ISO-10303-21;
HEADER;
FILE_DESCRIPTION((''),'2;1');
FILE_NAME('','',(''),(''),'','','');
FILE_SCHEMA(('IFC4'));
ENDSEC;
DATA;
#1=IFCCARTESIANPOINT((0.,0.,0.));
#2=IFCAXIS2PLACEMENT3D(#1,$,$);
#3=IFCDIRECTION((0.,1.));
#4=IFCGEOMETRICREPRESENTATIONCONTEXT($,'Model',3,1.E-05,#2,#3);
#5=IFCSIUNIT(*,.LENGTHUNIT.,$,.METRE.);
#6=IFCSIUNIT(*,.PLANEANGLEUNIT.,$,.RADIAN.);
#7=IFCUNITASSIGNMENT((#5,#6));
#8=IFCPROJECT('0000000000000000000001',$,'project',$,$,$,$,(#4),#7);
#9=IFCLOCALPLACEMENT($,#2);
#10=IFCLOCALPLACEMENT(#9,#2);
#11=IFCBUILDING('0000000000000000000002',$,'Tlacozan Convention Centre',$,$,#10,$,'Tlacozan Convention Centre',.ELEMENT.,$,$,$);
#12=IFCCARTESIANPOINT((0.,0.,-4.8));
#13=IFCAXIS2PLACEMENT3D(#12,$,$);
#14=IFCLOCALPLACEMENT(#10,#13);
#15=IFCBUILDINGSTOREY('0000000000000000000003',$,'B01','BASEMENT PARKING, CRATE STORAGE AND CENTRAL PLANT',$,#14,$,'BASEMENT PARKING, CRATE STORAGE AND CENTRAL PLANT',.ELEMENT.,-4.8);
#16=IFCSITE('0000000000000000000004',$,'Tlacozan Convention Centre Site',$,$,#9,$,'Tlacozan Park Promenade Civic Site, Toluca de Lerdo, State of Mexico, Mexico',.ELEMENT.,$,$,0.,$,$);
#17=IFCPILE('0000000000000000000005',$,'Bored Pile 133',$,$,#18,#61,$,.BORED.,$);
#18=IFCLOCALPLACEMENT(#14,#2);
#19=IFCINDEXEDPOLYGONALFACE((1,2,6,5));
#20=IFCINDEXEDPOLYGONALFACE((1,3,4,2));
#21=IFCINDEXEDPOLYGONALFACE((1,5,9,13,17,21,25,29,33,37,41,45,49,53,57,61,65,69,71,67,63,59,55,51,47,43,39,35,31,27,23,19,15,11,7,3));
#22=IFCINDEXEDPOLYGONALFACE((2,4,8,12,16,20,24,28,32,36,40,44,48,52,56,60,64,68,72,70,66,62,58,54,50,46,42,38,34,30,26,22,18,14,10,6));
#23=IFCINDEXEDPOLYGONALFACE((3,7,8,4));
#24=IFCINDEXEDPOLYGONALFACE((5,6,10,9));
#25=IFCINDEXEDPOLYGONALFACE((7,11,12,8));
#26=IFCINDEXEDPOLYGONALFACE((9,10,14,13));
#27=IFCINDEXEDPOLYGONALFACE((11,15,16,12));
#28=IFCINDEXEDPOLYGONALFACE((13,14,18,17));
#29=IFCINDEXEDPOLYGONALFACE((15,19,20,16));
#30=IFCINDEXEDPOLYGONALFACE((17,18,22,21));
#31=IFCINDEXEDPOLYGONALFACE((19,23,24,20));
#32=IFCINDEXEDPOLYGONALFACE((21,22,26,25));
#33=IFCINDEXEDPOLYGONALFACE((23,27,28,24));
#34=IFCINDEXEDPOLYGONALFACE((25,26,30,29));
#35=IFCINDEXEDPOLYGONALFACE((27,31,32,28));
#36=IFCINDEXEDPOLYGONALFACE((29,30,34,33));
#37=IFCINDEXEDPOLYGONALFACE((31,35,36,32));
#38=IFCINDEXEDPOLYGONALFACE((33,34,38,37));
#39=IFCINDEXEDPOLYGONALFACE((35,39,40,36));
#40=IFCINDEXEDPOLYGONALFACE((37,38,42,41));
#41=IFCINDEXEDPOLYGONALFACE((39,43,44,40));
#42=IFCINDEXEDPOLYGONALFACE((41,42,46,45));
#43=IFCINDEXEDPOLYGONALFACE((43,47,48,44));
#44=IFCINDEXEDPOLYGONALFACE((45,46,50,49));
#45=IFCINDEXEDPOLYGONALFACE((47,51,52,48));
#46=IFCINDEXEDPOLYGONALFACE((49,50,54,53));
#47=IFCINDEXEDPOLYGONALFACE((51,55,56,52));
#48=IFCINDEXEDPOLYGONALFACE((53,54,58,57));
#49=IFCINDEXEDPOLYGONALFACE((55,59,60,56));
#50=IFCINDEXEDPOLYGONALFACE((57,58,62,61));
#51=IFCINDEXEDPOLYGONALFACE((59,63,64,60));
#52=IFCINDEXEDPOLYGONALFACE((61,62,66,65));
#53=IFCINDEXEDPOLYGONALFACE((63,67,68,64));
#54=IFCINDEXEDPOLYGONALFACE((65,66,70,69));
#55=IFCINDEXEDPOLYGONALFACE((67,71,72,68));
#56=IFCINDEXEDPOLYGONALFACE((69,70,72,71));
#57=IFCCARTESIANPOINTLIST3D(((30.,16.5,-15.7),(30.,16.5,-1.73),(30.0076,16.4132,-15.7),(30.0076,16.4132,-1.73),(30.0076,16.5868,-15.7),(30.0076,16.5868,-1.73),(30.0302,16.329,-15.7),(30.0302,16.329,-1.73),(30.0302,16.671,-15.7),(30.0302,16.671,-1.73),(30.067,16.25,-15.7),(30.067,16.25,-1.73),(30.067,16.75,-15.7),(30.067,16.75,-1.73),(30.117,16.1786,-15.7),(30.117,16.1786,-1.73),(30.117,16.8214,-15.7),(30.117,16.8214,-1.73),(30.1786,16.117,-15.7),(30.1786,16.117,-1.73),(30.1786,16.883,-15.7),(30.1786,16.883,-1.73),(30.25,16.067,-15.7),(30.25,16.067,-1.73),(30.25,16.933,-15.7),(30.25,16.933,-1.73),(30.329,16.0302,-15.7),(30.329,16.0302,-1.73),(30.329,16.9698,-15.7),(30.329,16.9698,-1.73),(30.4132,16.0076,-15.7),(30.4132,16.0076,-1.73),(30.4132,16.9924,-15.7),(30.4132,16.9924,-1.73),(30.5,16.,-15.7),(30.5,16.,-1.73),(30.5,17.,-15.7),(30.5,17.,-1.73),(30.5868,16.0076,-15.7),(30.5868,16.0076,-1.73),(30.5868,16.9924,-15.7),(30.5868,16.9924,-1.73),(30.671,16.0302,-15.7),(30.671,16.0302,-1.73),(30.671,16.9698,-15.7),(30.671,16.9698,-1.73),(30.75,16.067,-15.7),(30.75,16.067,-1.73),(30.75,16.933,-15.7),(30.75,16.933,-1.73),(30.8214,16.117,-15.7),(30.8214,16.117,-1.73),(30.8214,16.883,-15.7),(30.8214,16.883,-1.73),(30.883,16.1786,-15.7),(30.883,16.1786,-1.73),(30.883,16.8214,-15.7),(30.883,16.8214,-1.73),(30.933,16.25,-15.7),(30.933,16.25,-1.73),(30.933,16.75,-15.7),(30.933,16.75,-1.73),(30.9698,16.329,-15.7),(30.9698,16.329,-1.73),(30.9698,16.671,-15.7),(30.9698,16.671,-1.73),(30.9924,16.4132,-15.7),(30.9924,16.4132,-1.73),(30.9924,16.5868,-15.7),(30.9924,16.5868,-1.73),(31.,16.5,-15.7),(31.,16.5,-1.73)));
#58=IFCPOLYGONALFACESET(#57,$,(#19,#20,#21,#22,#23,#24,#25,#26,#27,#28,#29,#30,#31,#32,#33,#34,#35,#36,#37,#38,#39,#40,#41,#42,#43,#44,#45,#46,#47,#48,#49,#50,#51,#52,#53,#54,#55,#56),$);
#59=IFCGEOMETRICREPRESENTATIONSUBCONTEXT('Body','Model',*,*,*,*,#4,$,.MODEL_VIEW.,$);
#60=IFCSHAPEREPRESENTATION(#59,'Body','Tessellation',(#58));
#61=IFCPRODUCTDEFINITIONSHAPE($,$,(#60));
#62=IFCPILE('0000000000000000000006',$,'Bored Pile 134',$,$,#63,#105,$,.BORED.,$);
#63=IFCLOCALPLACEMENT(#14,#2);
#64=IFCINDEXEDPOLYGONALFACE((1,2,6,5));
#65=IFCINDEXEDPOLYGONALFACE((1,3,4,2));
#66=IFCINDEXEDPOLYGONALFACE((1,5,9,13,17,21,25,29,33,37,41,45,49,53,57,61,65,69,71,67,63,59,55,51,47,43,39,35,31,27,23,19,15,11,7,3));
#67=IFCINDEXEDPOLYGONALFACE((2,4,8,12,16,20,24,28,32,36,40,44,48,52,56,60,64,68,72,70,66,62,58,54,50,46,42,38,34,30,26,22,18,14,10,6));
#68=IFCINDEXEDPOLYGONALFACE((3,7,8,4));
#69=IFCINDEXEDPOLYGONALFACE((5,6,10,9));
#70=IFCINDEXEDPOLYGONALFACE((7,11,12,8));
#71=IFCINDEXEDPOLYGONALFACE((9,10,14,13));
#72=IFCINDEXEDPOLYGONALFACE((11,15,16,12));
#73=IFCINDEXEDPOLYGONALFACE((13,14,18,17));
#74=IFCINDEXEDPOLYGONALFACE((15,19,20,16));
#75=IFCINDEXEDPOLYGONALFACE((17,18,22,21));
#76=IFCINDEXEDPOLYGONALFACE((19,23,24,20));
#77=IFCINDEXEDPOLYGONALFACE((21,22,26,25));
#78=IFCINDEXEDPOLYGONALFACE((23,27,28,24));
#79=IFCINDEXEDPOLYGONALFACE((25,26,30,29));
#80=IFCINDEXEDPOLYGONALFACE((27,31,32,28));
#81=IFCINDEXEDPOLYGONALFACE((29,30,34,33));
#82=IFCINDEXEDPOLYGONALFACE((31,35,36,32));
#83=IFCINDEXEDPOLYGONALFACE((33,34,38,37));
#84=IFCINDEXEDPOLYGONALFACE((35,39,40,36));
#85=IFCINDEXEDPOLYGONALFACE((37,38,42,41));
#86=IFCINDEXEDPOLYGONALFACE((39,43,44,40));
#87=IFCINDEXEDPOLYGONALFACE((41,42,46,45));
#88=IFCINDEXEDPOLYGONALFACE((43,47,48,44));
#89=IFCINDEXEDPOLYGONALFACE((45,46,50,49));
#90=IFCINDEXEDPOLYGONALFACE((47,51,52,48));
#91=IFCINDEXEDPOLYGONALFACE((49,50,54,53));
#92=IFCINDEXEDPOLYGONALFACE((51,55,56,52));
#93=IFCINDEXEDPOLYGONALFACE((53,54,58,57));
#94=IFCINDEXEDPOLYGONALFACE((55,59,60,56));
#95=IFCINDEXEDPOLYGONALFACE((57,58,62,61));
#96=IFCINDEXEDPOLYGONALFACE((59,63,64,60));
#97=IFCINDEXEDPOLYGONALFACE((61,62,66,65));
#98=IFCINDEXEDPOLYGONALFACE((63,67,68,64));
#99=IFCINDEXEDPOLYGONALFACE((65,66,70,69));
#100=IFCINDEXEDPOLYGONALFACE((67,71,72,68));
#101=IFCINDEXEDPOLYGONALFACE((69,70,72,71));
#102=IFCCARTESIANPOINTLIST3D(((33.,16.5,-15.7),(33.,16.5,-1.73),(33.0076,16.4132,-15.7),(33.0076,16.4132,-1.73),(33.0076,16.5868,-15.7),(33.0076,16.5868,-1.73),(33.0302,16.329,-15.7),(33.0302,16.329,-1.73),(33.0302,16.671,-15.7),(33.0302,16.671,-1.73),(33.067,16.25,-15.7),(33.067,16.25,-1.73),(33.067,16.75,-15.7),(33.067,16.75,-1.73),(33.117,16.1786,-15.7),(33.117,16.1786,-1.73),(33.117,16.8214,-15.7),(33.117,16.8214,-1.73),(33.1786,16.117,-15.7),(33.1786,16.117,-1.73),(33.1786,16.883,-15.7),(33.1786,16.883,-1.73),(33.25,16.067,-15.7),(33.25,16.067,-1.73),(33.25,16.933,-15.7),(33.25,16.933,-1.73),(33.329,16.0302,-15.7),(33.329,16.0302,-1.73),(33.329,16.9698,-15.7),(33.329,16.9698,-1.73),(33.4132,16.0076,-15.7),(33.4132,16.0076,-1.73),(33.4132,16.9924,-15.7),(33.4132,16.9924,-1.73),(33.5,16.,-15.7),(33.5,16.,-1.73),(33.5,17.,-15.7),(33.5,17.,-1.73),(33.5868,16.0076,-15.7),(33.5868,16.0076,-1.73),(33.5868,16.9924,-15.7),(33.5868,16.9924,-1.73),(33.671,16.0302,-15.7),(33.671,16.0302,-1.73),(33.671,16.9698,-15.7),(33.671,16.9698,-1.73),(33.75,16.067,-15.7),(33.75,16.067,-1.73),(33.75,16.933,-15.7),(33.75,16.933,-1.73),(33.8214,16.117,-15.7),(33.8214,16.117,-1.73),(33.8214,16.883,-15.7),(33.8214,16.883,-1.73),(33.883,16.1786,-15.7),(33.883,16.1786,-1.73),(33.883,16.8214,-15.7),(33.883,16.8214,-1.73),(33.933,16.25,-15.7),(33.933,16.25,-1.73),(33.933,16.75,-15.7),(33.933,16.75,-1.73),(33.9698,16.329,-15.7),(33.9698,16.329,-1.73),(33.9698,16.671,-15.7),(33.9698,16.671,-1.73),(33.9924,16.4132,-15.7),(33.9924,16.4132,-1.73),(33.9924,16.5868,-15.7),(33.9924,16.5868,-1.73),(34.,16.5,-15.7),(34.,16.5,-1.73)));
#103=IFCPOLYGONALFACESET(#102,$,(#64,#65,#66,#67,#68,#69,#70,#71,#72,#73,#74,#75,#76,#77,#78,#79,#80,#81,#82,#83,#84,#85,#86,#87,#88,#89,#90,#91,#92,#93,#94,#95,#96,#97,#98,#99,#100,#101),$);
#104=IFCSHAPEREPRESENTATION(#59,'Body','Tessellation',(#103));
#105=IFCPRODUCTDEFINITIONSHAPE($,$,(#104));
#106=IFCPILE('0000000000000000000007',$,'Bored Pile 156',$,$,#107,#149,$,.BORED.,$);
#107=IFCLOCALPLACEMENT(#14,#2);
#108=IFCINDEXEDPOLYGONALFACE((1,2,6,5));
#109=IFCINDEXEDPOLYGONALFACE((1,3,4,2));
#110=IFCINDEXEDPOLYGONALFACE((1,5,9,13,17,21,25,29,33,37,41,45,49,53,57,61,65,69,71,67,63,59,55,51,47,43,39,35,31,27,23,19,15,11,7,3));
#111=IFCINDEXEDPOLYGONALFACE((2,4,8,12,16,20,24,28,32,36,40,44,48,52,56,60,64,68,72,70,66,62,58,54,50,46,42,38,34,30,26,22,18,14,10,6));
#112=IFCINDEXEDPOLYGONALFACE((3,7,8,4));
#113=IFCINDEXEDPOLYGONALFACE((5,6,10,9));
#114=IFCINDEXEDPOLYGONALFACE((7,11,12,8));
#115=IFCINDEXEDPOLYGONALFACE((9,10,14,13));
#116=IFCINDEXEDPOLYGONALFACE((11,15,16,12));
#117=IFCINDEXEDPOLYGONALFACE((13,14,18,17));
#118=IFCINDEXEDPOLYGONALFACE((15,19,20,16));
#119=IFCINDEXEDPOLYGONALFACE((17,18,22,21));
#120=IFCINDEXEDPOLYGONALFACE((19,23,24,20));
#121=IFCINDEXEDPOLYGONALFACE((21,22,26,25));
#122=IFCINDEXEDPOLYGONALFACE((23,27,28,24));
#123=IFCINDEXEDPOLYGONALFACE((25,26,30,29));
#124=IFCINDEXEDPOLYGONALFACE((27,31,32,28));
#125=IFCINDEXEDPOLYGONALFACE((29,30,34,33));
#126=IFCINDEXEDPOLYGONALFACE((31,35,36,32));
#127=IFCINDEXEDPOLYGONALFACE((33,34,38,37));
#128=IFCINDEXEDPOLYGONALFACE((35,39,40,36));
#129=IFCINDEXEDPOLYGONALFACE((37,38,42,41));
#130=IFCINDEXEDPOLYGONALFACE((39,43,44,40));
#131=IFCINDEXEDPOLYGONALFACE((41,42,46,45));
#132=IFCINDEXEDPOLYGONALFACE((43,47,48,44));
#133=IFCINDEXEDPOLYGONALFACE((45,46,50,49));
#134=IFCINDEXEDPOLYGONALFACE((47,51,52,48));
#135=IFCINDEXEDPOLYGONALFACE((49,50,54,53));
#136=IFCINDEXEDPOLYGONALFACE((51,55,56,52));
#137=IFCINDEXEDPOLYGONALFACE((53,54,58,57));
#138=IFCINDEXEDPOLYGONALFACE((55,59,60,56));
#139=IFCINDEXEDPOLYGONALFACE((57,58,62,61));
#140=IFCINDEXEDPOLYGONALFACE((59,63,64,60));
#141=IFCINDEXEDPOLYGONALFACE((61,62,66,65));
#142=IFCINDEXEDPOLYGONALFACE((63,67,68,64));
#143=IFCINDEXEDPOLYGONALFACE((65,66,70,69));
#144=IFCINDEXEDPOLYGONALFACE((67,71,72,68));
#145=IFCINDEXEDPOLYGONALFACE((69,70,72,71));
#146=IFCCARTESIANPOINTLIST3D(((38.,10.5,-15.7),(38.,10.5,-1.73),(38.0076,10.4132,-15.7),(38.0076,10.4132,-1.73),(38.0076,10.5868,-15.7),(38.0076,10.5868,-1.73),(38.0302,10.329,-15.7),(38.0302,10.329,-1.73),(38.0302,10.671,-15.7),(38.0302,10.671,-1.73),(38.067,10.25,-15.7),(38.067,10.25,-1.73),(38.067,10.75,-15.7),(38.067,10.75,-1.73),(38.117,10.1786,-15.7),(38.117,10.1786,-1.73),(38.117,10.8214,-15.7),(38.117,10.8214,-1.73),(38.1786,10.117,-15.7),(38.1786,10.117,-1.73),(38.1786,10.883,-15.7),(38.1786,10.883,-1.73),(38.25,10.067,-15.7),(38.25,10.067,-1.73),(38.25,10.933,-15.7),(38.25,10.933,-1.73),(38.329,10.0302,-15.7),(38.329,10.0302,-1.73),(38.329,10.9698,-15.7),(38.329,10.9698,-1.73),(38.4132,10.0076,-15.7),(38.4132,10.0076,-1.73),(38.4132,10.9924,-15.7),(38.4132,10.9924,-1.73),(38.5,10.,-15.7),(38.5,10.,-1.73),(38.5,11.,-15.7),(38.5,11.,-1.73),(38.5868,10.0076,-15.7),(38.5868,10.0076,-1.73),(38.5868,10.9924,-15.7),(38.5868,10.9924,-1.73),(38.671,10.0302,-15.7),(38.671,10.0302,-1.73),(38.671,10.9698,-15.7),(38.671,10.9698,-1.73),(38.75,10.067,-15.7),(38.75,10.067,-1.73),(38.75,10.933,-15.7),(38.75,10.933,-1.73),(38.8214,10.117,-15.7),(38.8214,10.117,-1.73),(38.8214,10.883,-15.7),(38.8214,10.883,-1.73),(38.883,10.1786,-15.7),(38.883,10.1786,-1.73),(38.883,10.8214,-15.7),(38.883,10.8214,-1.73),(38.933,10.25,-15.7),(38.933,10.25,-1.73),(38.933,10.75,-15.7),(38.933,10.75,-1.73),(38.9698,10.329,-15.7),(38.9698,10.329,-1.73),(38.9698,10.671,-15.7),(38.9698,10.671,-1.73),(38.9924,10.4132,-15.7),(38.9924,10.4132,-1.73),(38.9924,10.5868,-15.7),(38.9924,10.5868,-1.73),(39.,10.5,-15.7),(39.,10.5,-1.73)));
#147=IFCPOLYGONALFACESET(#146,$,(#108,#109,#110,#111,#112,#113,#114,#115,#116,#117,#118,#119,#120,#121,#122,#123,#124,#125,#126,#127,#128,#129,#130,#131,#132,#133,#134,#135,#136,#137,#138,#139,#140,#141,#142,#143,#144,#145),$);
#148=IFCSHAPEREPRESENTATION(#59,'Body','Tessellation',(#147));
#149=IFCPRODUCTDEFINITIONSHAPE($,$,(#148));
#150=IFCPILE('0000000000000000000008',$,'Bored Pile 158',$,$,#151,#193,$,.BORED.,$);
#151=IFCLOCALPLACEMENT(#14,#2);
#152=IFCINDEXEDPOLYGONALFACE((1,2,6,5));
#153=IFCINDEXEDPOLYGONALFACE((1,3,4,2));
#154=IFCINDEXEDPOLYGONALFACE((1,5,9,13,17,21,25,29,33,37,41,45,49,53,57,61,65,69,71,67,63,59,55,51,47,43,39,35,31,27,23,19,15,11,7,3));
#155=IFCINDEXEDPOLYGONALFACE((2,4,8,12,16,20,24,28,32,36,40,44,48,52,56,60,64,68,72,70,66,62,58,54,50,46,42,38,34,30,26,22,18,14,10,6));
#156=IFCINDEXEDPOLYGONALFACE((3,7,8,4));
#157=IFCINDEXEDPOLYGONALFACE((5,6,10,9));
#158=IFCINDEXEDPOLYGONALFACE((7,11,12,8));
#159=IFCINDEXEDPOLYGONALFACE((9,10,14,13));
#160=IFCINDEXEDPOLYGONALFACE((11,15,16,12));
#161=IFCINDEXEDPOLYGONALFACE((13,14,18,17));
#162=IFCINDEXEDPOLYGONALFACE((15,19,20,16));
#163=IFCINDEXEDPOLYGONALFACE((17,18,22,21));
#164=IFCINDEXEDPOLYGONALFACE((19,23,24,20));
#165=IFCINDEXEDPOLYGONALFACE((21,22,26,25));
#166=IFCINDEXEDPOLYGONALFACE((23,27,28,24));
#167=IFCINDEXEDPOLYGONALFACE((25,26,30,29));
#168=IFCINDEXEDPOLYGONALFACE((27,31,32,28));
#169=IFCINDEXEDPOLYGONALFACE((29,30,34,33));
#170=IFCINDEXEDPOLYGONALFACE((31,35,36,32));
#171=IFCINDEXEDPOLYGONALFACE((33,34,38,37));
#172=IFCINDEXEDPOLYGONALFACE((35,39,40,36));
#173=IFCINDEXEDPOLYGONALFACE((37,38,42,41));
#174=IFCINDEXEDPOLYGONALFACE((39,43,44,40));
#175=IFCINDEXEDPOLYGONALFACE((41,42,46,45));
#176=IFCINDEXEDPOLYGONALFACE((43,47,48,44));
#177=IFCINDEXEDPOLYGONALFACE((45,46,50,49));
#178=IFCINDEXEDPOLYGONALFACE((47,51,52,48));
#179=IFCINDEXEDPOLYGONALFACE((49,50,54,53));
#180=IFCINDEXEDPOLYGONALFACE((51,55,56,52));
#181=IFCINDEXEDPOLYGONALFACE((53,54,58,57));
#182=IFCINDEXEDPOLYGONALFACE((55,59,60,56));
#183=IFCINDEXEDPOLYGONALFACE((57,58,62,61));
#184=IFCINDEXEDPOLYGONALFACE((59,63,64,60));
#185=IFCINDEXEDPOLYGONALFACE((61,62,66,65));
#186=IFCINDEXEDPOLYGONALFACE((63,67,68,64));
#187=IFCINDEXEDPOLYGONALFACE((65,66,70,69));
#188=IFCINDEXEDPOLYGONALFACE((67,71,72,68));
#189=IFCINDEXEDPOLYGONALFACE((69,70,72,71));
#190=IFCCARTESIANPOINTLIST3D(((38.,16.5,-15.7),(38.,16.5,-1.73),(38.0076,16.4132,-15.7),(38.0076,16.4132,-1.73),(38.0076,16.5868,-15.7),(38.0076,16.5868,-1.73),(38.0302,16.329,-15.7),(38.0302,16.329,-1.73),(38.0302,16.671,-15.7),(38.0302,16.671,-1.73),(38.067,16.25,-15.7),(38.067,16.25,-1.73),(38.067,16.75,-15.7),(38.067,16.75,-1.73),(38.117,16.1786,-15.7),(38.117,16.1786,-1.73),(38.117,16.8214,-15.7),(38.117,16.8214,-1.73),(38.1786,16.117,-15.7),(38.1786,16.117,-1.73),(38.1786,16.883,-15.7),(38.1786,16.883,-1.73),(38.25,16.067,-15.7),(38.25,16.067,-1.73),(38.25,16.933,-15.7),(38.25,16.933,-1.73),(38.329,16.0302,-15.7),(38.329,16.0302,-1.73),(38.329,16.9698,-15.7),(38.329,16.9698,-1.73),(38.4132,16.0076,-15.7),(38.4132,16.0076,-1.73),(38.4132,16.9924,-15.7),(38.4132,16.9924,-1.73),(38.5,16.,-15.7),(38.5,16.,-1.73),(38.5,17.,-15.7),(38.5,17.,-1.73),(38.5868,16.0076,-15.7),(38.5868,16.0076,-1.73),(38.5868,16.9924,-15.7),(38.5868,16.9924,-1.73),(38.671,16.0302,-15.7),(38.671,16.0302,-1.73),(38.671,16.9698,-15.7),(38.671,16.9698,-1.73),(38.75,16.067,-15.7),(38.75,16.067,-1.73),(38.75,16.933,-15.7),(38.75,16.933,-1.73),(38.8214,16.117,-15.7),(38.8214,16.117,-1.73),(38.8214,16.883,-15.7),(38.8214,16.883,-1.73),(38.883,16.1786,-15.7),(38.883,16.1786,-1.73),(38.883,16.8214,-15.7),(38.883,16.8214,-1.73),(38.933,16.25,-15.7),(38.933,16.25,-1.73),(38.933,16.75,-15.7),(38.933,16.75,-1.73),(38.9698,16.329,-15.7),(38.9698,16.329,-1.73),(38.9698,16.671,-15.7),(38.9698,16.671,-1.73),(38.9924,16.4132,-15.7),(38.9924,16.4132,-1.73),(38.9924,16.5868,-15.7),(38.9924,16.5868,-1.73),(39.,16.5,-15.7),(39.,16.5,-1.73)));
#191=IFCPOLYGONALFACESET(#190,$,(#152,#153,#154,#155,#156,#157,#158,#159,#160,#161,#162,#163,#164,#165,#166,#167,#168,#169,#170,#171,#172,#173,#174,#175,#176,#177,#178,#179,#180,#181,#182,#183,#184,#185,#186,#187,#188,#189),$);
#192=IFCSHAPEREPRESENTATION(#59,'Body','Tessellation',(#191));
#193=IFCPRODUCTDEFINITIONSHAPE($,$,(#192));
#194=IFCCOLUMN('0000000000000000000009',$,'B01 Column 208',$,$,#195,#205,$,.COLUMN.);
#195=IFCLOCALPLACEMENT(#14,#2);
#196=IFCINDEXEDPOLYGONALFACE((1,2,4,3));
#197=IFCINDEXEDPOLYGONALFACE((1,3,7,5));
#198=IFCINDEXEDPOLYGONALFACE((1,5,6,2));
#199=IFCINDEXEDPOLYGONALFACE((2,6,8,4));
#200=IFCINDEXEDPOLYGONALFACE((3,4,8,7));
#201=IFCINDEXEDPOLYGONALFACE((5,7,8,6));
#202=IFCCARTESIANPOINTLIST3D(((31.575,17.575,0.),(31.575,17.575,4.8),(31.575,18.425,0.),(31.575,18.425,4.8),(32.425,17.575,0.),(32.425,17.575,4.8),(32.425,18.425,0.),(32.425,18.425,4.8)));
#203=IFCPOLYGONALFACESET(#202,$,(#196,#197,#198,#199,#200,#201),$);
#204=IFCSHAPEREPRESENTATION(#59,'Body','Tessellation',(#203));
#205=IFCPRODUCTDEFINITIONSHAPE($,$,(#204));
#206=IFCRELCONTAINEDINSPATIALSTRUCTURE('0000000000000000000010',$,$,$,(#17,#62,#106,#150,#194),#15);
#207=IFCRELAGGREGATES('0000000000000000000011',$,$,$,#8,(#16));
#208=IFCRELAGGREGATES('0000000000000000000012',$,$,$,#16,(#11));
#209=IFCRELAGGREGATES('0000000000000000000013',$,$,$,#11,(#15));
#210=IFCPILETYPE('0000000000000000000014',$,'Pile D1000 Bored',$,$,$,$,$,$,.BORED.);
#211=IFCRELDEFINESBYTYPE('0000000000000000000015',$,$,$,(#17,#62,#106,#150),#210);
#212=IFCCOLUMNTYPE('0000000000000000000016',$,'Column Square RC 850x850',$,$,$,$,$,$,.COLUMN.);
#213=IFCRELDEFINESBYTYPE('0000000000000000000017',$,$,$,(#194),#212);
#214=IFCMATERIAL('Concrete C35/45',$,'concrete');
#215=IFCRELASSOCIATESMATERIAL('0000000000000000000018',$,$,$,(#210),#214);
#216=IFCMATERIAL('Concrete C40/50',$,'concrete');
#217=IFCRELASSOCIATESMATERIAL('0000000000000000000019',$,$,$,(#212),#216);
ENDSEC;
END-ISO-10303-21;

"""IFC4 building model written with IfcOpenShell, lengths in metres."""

from ifc_helpers import new_model, si_unit, direction, frame, origin, origin_2d, place, context, subcontext, project, spatial, rectangle, circle, extrude, material, material_profile, profile_set, type_object, element, save


model = new_model("IFC4")

# Units and contexts
model_context = context("Model", 3, precision=1e-05, world=origin(), true_north=direction((0.0, 1.0)))
body_context = subcontext(model_context, "Body", "Model", "MODEL_VIEW")
ifc_project = project(units=[si_unit("LENGTHUNIT", "METRE"), si_unit("PLANEANGLEUNIT", "RADIAN")], contexts=[model_context])

# Site, building, storey
site_placement = place(None, origin())
site = spatial("IfcSite", under=ifc_project, at=site_placement, Name="Tlacozan Convention Centre Site", LongName="Tlacozan Park Promenade Civic Site, Toluca de Lerdo, State of Mexico, Mexico", CompositionType="ELEMENT", RefElevation=0.0)
building_placement = place(site_placement, origin())
building = spatial("IfcBuilding", under=site, at=building_placement, Name="Tlacozan Convention Centre", LongName="Tlacozan Convention Centre", CompositionType="ELEMENT")
storey_placement = place(building_placement, frame((0.0, 0.0, -4.8)))
storey = spatial("IfcBuildingStorey", under=building, at=storey_placement, Name="B01", Description="BASEMENT PARKING, CRATE STORAGE AND CENTRAL PLANT", LongName="BASEMENT PARKING, CRATE STORAGE AND CENTRAL PLANT", CompositionType="ELEMENT", Elevation=-4.8)

# Shared definitions
ifc_material_1 = material(Name="Concrete C35/45", Category="concrete")

# Piles
ifc_material_profile_1 = material_profile(ifc_material_1, circle(Radius=0.5, at=origin_2d()), Name="PILE D1000")
ifc_profile_set_1 = profile_set([ifc_material_profile_1], Name="Concrete C35/45")
pile_type = type_object("IfcPileType", Name="Pile D1000 Bored", PredefinedType="BORED", material=ifc_profile_set_1)
for number, where, z_axis, x_axis, name in (
    (1, (30.5, 16.5, -1.73), (0.0, 0.0, -1.0), (1.0, 0.0, 0.0), "Bored Pile 133"),
    (2, (33.5, 16.5, -1.73), (0.0, 0.0, -1.0), (1.0, 0.0, 0.0), "Bored Pile 134"),
    (3, (38.5, 10.5, -1.73), (0.0, 0.0, -1.0), (1.0, 0.0, 0.0), "Bored Pile 156"),
    (4, (38.5, 16.5, -1.73), (0.0, 0.0, -1.0), (1.0, 0.0, 0.0), "Bored Pile 158"),
):
    element("IfcPile", number, at=place(storey_placement, frame(where, z_axis=z_axis, x_axis=x_axis)), inside=storey, type_object=pile_type, Name=name, PredefinedType="BORED", context=body_context, shape_type="SweptSolid", body=[
        extrude(circle(Radius=0.5, at=origin_2d()), origin(), (0.0, 0.0, 1.0), 13.97),
    ])

# Column
ifc_material_2 = material(Name="Concrete C40/50", Category="concrete")
ifc_material_profile_2 = material_profile(ifc_material_2, rectangle(XDim=0.8501, YDim=0.8501, at=origin_2d()), Name="RC 850x850")
ifc_profile_set_2 = profile_set([ifc_material_profile_2], Name="Concrete C40/50")
column_type = type_object("IfcColumnType", Name="Column Square RC 850x850", PredefinedType="COLUMN", material=ifc_profile_set_2)
for number, where, z_axis, x_axis, name in (
    (5, (32.0, 18.0, 0.0), (0.0, 0.0, 1.0), (1.0, 0.0, 0.0), "B01 Column 208"),
):
    element("IfcColumn", number, at=place(storey_placement, frame(where, z_axis=z_axis, x_axis=x_axis)), inside=storey, type_object=column_type, Name=name, PredefinedType="COLUMN", context=body_context, shape_type="SweptSolid", body=[
        extrude(rectangle(XDim=0.8501, YDim=0.8501, at=origin_2d()), origin(), (0.0, 0.0, 1.0), 4.8),
    ])

save(model, "model.ifc")
